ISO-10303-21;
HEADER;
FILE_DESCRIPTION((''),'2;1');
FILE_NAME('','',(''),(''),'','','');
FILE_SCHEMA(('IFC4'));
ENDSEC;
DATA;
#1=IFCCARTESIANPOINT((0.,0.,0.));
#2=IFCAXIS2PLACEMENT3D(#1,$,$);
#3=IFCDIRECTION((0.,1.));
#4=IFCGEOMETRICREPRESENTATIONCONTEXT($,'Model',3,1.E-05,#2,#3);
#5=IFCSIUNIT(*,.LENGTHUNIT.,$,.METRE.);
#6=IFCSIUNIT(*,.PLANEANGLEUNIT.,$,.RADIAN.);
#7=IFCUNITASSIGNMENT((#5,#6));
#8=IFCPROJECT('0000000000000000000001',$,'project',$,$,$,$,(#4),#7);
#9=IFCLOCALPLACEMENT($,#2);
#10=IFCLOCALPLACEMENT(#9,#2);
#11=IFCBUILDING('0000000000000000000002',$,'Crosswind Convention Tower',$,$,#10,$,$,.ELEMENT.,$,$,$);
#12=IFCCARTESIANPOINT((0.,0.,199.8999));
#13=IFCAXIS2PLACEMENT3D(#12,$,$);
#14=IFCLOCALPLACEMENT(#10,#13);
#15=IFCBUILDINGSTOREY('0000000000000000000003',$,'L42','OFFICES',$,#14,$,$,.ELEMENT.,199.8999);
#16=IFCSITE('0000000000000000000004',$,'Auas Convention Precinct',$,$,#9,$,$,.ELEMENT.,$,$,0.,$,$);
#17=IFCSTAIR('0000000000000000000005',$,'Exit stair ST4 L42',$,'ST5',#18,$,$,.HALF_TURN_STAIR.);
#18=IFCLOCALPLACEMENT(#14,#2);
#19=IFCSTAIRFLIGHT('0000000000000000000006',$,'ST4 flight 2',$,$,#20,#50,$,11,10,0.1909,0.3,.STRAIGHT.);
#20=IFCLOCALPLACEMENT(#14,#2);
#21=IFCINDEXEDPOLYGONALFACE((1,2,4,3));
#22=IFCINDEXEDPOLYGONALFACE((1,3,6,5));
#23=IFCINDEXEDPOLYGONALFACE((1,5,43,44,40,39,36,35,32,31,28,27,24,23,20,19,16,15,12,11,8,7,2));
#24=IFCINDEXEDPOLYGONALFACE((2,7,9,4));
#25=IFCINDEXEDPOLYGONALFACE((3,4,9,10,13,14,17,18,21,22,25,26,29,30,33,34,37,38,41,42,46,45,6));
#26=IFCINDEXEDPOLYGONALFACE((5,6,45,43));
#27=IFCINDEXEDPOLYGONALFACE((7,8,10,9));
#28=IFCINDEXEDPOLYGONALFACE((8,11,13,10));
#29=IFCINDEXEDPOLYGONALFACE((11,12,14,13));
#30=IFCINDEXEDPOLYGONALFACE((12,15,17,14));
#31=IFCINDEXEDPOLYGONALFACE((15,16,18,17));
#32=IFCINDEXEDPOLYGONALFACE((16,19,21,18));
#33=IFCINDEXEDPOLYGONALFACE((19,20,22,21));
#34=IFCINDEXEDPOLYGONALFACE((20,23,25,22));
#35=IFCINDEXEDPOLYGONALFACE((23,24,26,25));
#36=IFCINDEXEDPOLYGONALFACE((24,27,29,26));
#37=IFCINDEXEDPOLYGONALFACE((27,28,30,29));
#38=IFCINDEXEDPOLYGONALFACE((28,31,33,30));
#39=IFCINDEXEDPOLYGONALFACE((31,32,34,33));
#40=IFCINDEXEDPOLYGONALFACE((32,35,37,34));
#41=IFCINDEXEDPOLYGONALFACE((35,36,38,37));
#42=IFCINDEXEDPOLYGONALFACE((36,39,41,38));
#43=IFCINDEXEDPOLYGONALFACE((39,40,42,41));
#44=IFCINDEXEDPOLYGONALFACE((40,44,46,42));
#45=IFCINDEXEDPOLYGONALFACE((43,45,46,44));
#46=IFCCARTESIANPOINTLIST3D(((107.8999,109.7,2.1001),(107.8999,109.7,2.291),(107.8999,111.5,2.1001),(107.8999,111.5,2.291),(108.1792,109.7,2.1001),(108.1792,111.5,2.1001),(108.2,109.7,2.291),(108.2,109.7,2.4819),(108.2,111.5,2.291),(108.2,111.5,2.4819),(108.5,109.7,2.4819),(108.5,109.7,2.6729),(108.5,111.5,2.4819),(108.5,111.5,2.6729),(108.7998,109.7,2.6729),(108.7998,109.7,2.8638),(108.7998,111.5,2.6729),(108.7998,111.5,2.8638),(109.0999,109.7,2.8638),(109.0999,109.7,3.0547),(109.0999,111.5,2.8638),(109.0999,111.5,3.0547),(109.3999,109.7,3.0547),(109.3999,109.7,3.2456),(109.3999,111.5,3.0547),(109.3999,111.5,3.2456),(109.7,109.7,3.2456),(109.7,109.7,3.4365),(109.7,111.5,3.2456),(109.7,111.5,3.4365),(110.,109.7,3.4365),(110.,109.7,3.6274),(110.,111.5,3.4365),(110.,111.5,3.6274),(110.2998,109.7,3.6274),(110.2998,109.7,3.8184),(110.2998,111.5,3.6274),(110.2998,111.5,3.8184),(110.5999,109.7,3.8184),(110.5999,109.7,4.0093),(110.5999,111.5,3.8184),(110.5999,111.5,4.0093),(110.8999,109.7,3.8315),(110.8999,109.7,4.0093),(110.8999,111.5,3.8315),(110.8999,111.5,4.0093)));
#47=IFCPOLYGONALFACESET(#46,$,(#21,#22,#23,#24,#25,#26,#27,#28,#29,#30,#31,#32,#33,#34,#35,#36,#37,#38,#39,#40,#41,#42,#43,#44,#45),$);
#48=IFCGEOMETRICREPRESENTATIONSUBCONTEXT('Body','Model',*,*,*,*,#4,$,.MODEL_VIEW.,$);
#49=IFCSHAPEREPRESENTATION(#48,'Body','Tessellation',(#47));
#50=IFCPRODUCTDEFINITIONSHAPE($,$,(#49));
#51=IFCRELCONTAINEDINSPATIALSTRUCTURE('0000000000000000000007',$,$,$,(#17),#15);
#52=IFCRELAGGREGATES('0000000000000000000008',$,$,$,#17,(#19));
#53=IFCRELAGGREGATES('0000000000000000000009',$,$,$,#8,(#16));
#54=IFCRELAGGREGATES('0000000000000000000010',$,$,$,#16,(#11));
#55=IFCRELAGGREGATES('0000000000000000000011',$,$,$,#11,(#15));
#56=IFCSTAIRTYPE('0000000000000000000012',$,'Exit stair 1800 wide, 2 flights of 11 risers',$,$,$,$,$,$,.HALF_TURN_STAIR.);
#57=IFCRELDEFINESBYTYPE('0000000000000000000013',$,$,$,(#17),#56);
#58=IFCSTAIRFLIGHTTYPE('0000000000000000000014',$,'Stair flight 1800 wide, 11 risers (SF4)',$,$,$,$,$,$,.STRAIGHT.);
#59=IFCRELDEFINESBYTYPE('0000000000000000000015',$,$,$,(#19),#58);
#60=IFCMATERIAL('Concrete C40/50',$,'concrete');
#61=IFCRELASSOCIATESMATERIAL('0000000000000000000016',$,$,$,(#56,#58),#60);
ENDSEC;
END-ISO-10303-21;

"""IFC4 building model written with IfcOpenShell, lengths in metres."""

from ifc_helpers import new_model, si_unit, direction, frame, origin, place, context, subcontext, project, spatial, polyline, outline, extrude, material, type_object, element, aggregate, save


model = new_model("IFC4")

# Units and contexts
model_context = context("Model", 3, precision=1e-05, world=origin(), true_north=direction((0.0, 1.0)))
body_context = subcontext(model_context, "Body", "Model", "MODEL_VIEW")
ifc_project = project(units=[si_unit("LENGTHUNIT", "METRE"), si_unit("PLANEANGLEUNIT", "RADIAN")], contexts=[model_context])

# Site, building, storey
site_placement = place(None, origin())
site = spatial("IfcSite", under=ifc_project, at=site_placement, Name="Auas Convention Precinct", CompositionType="ELEMENT", RefElevation=0.0)
building_placement = place(site_placement, origin())
building = spatial("IfcBuilding", under=site, at=building_placement, Name="Crosswind Convention Tower", CompositionType="ELEMENT")
storey_placement = place(building_placement, frame((0.0, 0.0, 199.8999)))
storey = spatial("IfcBuildingStorey", under=building, at=storey_placement, Name="L42", Description="OFFICES", CompositionType="ELEMENT", Elevation=199.8999)

# Stair, stair flight
ifc_material_1 = material(Name="Concrete C40/50", Category="concrete")
stair_type = type_object("IfcStairType", Name="Exit stair 1800 wide, 2 flights of 11 risers", PredefinedType="HALF_TURN_STAIR", material=ifc_material_1)
stair_placement = place(storey_placement, origin())
stair = element("IfcStair", 1, at=stair_placement, inside=storey, type_object=stair_type, Name="Exit stair ST4 L42", ObjectType="ST5", PredefinedType="HALF_TURN_STAIR")
stair_flight_type = type_object("IfcStairFlightType", Name="Stair flight 1800 wide, 11 risers (SF4)", PredefinedType="STRAIGHT", material=ifc_material_1)
stair_flight_placement = place(storey_placement, frame((107.8999, 110.6001, 2.1001), z_axis=(0.0, 0.0, 1.0), x_axis=(1.0, 0.0, 0.0)))
stair_flight = element("IfcStairFlight", 2, at=stair_flight_placement, type_object=stair_flight_type, Name="ST4 flight 2", NumberOfRisers=11, NumberOfTreads=10, PredefinedType="STRAIGHT", RiserHeight=0.1909, TreadLength=0.3, context=body_context, shape_type="SweptSolid", body=[
    extrude(outline(polyline([(0.0, 0.0), (0.0, 0.1909), (0.3, 0.1909), (0.3, 0.3818), (0.6001, 0.3818), (0.6001, 0.5728), (0.8999, 0.5728), (0.8999, 0.7637), (1.2, 0.7637), (1.2, 0.9546), (1.5, 0.9546), (1.5, 1.1455), (1.8, 1.1455), (1.8, 1.3364), (2.1001, 1.3364), (2.1001, 1.5273), (2.3999, 1.5273), (2.3999, 1.7183), (2.7, 1.7183), (2.7, 1.9092), (3.0, 1.9092), (3.0, 2.1001), (3.0, 1.7314), (0.2793, 0.0), (0.0, 0.0)])), frame((0.0, 0.8999, 0.0), z_axis=(0.0, -1.0, 0.0), x_axis=(1.0, 0.0, 0.0)), (0.0, 0.0, 1.0), 1.8),
])
aggregate(stair, [stair_flight])

save(model, "model.ifc")
